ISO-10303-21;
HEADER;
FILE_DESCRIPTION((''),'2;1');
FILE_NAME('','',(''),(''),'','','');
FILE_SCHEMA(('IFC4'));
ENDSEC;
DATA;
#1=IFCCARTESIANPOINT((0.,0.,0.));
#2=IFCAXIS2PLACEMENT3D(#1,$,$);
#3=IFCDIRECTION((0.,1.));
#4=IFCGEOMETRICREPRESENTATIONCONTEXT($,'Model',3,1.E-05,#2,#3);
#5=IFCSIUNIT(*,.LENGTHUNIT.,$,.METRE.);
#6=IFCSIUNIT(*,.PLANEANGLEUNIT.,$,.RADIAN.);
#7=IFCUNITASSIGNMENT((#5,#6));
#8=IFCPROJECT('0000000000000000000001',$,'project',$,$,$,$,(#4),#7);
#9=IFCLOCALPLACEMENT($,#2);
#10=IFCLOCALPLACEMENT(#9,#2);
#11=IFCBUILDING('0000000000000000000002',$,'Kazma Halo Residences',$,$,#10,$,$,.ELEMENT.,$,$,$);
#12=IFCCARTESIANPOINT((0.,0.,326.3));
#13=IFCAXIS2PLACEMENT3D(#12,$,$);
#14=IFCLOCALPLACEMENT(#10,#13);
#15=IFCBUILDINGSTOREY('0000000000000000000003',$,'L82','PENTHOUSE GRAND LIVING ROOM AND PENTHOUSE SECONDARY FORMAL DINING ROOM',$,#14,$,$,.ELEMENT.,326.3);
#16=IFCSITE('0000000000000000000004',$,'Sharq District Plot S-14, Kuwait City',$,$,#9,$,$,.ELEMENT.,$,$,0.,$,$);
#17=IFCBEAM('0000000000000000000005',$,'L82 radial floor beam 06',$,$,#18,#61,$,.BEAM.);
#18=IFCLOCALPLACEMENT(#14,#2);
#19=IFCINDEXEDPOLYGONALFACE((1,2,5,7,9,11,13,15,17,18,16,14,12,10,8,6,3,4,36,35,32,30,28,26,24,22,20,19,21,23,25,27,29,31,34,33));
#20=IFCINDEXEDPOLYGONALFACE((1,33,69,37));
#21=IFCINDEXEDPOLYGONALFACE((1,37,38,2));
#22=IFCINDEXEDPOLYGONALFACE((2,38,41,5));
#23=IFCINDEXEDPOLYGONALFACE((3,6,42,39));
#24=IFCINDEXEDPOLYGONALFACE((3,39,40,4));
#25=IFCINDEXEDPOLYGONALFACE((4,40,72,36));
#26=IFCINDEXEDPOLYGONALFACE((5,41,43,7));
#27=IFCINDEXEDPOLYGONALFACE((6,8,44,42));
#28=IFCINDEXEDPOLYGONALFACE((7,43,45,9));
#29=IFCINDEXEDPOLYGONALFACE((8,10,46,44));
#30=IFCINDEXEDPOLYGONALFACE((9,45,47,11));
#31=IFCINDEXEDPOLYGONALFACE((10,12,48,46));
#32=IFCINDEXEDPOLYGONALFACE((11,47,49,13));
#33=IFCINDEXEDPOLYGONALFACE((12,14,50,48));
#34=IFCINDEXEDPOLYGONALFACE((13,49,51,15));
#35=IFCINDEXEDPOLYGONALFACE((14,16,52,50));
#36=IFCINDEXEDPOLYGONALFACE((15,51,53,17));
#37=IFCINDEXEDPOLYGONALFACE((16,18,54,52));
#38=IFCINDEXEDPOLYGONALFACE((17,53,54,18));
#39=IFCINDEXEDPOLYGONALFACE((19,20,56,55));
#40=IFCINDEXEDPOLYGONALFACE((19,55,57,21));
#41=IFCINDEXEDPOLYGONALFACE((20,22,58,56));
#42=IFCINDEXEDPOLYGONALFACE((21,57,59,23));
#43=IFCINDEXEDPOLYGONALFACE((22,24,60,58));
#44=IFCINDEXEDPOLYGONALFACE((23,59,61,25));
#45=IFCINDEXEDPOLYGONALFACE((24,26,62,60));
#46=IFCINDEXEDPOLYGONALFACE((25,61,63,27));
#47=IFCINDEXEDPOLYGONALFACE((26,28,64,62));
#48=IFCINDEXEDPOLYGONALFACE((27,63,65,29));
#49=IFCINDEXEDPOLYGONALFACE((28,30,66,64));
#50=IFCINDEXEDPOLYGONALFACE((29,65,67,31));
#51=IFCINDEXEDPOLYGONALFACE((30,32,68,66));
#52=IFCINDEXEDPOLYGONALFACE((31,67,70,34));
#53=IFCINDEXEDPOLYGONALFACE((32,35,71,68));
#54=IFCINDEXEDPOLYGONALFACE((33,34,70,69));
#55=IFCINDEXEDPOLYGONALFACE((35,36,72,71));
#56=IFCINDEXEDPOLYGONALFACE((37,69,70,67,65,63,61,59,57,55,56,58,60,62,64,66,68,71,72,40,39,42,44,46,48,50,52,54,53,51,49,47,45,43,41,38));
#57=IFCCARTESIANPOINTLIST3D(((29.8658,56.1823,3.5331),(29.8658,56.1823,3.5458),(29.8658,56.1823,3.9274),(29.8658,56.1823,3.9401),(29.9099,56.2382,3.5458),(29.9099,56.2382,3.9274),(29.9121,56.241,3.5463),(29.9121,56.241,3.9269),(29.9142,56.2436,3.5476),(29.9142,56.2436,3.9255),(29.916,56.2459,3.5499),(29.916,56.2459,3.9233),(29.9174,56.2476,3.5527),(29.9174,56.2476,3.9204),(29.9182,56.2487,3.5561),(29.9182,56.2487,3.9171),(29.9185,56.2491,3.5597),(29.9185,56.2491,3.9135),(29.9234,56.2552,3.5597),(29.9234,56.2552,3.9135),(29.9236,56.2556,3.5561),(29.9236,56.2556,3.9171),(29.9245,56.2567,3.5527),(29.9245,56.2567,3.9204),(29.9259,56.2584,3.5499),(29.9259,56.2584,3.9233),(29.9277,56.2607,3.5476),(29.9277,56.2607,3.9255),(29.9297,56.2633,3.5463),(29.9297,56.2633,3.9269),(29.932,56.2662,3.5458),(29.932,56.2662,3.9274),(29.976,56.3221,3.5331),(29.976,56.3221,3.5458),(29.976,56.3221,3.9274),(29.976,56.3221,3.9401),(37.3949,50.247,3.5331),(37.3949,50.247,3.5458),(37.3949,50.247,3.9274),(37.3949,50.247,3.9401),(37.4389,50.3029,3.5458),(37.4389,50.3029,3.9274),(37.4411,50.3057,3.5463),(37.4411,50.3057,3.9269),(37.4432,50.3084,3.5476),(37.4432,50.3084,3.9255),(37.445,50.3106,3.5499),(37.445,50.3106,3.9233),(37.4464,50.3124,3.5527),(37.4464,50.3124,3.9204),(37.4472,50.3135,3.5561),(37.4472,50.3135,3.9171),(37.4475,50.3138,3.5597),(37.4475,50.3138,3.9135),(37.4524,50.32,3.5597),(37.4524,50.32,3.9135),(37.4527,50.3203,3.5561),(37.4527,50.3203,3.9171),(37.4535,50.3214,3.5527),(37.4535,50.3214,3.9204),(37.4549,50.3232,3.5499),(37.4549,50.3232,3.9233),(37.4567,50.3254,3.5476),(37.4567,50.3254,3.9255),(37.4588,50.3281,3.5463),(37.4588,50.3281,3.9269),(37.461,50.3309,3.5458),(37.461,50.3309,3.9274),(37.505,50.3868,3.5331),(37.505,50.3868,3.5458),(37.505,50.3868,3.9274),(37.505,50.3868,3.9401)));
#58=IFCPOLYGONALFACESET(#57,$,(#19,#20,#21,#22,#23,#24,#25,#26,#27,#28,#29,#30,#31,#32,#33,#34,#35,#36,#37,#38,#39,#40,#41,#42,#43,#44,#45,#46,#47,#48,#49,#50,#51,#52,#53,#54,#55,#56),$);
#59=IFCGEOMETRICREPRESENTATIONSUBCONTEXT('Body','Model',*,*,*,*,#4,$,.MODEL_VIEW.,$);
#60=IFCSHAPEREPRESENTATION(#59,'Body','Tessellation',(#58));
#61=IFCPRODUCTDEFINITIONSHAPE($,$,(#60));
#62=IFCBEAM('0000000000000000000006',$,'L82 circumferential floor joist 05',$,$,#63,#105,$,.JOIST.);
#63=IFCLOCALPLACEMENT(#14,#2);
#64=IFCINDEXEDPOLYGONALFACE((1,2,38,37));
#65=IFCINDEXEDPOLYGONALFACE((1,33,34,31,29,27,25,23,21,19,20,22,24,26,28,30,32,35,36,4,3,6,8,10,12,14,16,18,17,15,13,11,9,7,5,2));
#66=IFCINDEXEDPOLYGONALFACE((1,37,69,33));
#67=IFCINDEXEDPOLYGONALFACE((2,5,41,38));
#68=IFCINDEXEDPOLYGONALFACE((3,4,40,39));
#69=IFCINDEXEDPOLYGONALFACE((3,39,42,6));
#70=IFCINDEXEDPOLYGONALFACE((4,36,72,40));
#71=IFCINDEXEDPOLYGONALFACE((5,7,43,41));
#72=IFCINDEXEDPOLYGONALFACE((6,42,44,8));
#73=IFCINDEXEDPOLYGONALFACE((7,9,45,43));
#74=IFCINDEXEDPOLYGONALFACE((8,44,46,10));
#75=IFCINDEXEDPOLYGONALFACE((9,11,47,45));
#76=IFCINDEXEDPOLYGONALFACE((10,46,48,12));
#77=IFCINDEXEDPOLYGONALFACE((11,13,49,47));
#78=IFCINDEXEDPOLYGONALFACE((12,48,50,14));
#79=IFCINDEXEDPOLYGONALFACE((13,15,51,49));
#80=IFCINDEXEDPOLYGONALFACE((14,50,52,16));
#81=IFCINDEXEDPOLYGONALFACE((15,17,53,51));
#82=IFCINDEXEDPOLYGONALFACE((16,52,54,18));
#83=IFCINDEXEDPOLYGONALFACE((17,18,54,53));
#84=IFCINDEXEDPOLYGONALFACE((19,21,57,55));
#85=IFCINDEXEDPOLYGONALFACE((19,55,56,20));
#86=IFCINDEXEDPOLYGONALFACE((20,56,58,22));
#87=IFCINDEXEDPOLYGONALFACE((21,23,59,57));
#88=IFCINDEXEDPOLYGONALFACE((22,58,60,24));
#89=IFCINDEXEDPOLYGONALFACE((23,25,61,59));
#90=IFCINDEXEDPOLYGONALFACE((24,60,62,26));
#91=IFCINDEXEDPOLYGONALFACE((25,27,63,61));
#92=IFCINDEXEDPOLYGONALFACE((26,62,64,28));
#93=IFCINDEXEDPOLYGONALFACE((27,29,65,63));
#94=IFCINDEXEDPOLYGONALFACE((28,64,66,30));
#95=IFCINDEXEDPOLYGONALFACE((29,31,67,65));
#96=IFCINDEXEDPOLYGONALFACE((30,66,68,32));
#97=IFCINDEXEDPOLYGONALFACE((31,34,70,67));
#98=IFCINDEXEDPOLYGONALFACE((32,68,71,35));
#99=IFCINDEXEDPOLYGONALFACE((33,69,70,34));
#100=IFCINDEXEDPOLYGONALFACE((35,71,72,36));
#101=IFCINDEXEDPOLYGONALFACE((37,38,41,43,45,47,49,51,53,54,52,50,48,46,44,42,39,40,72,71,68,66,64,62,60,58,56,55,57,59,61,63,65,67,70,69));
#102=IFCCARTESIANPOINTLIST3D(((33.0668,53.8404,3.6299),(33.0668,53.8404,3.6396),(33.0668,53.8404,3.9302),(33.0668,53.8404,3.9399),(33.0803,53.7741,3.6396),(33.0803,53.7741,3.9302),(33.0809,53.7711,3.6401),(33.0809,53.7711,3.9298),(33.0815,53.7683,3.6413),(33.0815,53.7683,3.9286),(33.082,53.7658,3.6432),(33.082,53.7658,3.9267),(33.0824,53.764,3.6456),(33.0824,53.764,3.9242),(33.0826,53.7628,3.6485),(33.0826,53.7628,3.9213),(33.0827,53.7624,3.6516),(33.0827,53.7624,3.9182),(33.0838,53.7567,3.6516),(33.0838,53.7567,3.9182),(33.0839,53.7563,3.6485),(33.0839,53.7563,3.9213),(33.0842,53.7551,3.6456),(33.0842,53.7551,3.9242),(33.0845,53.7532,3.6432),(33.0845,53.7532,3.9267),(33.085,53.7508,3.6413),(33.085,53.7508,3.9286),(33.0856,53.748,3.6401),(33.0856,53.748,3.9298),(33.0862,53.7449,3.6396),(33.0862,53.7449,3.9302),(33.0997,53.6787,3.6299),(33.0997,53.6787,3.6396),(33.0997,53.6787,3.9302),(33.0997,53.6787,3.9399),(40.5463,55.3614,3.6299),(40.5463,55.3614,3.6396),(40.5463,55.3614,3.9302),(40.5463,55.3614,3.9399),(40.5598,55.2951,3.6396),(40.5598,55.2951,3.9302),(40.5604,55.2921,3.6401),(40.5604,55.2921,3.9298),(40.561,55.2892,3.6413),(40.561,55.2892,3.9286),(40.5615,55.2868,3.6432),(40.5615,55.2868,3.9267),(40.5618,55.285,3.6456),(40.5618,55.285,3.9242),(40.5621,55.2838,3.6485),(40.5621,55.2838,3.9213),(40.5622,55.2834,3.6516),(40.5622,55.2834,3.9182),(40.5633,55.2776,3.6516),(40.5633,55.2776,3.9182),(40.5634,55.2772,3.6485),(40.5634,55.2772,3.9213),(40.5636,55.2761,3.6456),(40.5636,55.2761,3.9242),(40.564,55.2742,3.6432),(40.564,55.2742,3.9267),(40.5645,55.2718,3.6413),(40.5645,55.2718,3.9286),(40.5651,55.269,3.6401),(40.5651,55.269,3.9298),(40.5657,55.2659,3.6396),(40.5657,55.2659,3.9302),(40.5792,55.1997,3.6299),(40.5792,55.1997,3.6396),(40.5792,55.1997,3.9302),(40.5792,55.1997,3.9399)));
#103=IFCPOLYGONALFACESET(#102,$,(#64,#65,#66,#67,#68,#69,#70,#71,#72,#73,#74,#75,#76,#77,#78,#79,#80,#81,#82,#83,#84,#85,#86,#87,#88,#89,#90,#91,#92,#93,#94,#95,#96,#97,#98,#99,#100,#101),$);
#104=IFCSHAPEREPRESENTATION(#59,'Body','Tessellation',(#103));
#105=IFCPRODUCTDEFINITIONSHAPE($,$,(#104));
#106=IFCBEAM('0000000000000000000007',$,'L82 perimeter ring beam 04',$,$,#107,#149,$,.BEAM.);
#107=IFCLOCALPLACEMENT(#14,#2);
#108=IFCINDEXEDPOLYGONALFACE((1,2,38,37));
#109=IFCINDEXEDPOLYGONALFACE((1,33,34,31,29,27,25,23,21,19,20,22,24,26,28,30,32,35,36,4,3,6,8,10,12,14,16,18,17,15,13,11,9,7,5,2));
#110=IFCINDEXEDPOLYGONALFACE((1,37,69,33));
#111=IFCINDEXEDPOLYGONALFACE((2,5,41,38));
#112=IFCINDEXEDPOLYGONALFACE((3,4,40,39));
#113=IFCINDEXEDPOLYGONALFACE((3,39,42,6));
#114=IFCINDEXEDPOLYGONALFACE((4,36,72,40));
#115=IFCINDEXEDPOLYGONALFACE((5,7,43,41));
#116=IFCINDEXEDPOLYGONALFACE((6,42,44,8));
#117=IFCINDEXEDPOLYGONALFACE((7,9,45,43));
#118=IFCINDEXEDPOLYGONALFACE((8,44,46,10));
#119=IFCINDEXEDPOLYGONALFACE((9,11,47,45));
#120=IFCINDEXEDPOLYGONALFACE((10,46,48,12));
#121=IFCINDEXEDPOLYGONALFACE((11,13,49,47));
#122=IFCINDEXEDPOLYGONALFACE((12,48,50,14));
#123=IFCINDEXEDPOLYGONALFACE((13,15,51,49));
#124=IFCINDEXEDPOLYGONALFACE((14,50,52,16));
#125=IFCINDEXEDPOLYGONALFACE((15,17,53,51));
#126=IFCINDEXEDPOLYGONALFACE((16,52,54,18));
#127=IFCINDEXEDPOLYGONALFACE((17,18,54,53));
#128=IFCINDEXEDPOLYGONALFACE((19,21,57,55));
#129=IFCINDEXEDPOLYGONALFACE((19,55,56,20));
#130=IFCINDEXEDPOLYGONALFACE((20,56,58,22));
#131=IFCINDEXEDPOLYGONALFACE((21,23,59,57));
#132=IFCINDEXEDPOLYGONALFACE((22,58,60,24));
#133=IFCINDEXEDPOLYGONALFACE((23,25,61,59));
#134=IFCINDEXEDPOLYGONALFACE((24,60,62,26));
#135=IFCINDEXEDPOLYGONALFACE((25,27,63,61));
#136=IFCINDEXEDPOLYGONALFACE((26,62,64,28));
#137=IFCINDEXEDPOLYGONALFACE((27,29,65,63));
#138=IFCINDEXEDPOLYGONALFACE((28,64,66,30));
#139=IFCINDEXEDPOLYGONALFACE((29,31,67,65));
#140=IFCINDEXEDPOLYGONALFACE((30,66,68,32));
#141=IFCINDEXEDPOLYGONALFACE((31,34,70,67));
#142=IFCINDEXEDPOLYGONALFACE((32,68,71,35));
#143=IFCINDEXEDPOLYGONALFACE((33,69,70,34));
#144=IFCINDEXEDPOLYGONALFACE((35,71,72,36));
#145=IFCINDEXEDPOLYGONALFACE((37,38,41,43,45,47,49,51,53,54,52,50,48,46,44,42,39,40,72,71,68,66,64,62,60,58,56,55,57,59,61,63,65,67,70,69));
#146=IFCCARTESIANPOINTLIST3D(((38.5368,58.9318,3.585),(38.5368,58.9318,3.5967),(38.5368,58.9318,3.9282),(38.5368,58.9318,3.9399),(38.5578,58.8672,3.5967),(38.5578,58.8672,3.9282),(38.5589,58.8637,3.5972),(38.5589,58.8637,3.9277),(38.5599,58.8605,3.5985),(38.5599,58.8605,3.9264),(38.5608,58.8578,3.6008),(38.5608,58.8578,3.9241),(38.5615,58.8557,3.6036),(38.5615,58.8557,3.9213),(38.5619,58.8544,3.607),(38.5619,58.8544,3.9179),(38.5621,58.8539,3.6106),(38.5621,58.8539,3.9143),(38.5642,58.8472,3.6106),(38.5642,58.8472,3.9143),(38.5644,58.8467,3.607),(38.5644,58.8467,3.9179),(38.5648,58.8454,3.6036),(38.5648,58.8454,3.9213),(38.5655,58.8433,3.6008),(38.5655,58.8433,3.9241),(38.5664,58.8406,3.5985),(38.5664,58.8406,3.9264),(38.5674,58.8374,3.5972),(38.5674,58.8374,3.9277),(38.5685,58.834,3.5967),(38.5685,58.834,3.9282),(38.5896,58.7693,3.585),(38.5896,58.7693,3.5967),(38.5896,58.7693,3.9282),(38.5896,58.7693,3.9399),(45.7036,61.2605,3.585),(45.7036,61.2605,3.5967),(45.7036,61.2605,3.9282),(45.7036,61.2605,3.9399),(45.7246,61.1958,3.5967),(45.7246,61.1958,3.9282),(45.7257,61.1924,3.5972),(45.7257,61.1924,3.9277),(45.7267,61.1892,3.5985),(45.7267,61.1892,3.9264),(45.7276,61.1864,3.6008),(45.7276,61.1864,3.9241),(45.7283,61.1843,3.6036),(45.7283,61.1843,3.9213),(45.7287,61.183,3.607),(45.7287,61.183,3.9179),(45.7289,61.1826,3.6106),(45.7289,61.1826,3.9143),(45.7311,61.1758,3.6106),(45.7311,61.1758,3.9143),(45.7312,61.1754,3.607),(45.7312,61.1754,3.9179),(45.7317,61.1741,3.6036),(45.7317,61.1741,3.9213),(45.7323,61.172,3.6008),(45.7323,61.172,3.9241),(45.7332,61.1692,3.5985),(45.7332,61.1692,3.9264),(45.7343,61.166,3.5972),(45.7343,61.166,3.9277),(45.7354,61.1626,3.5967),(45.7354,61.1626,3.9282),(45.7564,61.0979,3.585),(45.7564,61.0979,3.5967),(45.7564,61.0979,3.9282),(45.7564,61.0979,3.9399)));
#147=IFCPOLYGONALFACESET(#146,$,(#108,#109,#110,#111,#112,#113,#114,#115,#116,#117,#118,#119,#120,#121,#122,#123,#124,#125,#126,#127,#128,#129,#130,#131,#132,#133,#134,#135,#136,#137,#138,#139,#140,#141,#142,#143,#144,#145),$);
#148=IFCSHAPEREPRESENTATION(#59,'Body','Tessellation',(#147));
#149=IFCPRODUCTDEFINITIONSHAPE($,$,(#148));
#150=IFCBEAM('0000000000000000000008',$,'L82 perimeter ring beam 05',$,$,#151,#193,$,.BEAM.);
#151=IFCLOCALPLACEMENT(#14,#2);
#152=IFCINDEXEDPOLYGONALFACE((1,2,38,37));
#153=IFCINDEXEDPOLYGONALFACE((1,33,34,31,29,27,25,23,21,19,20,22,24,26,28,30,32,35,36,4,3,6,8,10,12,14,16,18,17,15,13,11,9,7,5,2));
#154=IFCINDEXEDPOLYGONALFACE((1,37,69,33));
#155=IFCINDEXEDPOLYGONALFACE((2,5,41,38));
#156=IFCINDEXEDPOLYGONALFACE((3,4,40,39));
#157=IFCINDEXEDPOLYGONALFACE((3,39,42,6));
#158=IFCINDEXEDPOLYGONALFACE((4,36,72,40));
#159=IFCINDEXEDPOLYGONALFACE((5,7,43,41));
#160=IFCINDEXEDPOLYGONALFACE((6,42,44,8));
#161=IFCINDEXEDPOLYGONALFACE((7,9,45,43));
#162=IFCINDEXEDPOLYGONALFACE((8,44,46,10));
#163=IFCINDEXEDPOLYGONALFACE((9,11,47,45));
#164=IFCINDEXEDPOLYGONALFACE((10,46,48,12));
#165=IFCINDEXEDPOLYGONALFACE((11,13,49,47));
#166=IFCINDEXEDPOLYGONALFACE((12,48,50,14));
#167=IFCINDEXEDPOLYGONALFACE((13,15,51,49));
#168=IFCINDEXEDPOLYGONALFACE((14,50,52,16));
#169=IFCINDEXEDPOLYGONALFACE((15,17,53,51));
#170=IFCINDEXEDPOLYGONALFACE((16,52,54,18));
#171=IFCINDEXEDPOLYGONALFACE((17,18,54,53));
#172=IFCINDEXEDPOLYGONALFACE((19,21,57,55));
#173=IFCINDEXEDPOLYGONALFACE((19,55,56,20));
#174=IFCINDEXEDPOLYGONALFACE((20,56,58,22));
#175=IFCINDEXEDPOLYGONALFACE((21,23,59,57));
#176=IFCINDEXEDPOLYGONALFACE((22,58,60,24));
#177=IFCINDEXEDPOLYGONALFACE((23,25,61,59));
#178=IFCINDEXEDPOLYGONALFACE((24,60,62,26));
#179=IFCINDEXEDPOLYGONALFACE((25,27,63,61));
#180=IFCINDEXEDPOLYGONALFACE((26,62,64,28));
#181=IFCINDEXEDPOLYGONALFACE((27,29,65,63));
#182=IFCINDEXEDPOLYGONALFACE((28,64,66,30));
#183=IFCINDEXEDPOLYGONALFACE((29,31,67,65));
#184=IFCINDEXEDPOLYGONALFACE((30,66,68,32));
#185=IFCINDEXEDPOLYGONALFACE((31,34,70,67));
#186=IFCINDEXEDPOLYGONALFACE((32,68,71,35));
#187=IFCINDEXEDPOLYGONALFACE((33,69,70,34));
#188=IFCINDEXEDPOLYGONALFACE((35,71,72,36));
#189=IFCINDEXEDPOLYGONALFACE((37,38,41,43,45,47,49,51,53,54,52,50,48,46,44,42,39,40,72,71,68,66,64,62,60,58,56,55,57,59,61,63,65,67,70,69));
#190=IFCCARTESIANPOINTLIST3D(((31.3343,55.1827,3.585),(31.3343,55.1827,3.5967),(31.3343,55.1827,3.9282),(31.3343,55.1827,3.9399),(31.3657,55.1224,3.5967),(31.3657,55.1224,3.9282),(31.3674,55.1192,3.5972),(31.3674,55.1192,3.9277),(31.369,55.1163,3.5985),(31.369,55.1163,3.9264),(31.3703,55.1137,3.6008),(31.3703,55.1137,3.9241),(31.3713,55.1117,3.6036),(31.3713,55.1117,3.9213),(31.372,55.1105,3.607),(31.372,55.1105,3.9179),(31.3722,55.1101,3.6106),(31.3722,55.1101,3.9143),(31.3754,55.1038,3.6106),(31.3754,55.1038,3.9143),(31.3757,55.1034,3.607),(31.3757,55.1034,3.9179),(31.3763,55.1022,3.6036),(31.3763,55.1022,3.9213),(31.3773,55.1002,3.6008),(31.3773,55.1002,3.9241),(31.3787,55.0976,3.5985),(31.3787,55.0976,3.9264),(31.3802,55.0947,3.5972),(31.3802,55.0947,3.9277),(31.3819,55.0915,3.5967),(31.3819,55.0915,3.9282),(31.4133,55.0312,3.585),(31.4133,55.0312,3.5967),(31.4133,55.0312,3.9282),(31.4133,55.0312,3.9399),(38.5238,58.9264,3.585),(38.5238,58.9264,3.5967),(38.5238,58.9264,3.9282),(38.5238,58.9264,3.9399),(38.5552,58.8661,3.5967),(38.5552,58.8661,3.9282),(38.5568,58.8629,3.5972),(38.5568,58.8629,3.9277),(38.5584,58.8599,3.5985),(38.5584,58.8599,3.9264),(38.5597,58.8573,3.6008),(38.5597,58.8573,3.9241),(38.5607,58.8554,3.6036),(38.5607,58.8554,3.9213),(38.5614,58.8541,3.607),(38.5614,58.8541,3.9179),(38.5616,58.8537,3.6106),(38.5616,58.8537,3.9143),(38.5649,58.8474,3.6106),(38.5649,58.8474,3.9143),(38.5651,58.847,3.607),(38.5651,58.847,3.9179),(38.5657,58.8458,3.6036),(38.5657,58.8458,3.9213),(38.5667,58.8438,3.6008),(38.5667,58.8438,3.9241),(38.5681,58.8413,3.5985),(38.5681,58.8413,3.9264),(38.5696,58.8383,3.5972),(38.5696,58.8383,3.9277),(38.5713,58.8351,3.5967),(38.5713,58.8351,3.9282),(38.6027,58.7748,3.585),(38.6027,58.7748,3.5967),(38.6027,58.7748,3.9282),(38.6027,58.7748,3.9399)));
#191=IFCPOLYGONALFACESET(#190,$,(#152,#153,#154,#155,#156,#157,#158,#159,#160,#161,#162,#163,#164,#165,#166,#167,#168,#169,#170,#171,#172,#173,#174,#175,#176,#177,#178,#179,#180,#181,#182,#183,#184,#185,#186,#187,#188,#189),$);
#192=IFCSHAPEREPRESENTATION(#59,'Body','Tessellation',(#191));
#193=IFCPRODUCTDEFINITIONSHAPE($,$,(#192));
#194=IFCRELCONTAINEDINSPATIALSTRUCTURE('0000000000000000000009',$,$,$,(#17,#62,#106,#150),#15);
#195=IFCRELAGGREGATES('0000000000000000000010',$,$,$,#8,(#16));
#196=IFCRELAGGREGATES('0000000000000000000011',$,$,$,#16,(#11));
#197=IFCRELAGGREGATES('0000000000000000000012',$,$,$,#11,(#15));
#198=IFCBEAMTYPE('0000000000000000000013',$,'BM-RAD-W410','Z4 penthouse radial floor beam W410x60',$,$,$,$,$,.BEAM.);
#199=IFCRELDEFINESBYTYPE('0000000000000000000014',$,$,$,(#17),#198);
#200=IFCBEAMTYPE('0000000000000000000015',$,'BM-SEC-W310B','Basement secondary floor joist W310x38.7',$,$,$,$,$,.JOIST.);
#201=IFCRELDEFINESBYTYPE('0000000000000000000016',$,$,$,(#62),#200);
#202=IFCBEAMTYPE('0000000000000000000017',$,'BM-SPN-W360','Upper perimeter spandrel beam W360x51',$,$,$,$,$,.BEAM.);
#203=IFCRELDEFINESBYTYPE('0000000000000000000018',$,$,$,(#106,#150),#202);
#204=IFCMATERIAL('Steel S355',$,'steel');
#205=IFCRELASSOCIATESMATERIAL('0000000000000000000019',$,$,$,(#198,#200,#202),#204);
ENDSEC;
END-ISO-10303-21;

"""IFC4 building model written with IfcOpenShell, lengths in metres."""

from ifc_helpers import new_model, si_unit, direction, frame, origin, origin_2d, place, context, subcontext, project, spatial, i_section, extrude, material, material_profile, profile_set, type_object, element, save


model = new_model("IFC4")

# Units and contexts
model_context = context("Model", 3, precision=1e-05, world=origin(), true_north=direction((0.0, 1.0)))
body_context = subcontext(model_context, "Body", "Model", "MODEL_VIEW")
ifc_project = project(units=[si_unit("LENGTHUNIT", "METRE"), si_unit("PLANEANGLEUNIT", "RADIAN")], contexts=[model_context])

# Site, building, storey
site_placement = place(None, origin())
site = spatial("IfcSite", under=ifc_project, at=site_placement, Name="Sharq District Plot S-14, Kuwait City", CompositionType="ELEMENT", RefElevation=0.0)
building_placement = place(site_placement, origin())
building = spatial("IfcBuilding", under=site, at=building_placement, Name="Kazma Halo Residences", CompositionType="ELEMENT")
storey_placement = place(building_placement, frame((0.0, 0.0, 326.3)))
storey = spatial("IfcBuildingStorey", under=building, at=storey_placement, Name="L82", Description="PENTHOUSE GRAND LIVING ROOM AND PENTHOUSE SECONDARY FORMAL DINING ROOM", CompositionType="ELEMENT", Elevation=326.3)

# Beams
ifc_material_1 = material(Name="Steel S355", Category="steel")
ifc_material_profile_1 = material_profile(ifc_material_1, i_section(OverallWidth=0.178, OverallDepth=0.407, WebThickness=0.0078, FlangeThickness=0.0127, FilletRadius=0.0139, at=origin_2d()), Name="W410x60")
ifc_profile_set_1 = profile_set([ifc_material_profile_1], Name="Steel S355")
beam_type_1 = type_object("IfcBeamType", Name="BM-RAD-W410", Description="Z4 penthouse radial floor beam W410x60", PredefinedType="BEAM", material=ifc_profile_set_1)
beam_1_placement = place(storey_placement, frame((37.45, 50.3169, 3.7366), z_axis=(-0.785323, 0.619086, 0.0), x_axis=(-0.619086, -0.785323, 0.0)))
element("IfcBeam", 1, at=beam_1_placement, inside=storey, type_object=beam_type_1, Name="L82 radial floor beam 06", PredefinedType="BEAM", context=body_context, shape_type="SweptSolid", body=[
    extrude(i_section(OverallWidth=0.178, OverallDepth=0.407, WebThickness=0.0078, FlangeThickness=0.0127, FilletRadius=0.0139, at=origin_2d()), origin(), (0.0, 0.0, 1.0), 9.5872),
])
ifc_material_profile_2 = material_profile(ifc_material_1, i_section(OverallWidth=0.165, OverallDepth=0.3101, WebThickness=0.0059, FlangeThickness=0.0098, FilletRadius=0.012, at=origin_2d()), Name="W310x38.7")
ifc_profile_set_2 = profile_set([ifc_material_profile_2], Name="Steel S355")
beam_type_2 = type_object("IfcBeamType", Name="BM-SEC-W310B", Description="Basement secondary floor joist W310x38.7", PredefinedType="JOIST", material=ifc_profile_set_2)
beam_2_placement = place(storey_placement, frame((40.5627, 55.2805, 3.7849), z_axis=(-0.979943, -0.199277, 0.0), x_axis=(0.199277, -0.979943, 0.0)))
element("IfcBeam", 2, at=beam_2_placement, inside=storey, type_object=beam_type_2, Name="L82 circumferential floor joist 05", PredefinedType="JOIST", context=body_context, shape_type="SweptSolid", body=[
    extrude(i_section(OverallWidth=0.165, OverallDepth=0.3101, WebThickness=0.0059, FlangeThickness=0.0098, FilletRadius=0.012, at=origin_2d()), origin(), (0.0, 0.0, 1.0), 7.6326),
])
ifc_material_profile_3 = material_profile(ifc_material_1, i_section(OverallWidth=0.1709, OverallDepth=0.355, WebThickness=0.0071, FlangeThickness=0.0117, FilletRadius=0.0139, at=origin_2d()), Name="W360x51")
ifc_profile_set_3 = profile_set([ifc_material_profile_3], Name="Steel S355")
beam_type_3 = type_object("IfcBeamType", Name="BM-SPN-W360", Description="Upper perimeter spandrel beam W360x51", PredefinedType="BEAM", material=ifc_profile_set_3)
beam_3_placement = place(storey_placement, frame((45.73, 61.1792, 3.7625), z_axis=(-0.951057, -0.309016, 0.0), x_axis=(0.309016, -0.951057, 0.0)))
element("IfcBeam", 3, at=beam_3_placement, inside=storey, type_object=beam_type_3, Name="L82 perimeter ring beam 04", PredefinedType="BEAM", context=body_context, shape_type="SweptSolid", body=[
    extrude(i_section(OverallWidth=0.1709, OverallDepth=0.355, WebThickness=0.0071, FlangeThickness=0.0117, FilletRadius=0.0139, at=origin_2d()), origin(), (0.0, 0.0, 1.0), 7.5356),
])
beam_4_placement = place(storey_placement, frame((38.5632, 58.8506, 3.7625), z_axis=(-0.886957, -0.461851, 0.0), x_axis=(0.461851, -0.886957, 0.0)))
element("IfcBeam", 4, at=beam_4_placement, inside=storey, type_object=beam_type_3, Name="L82 perimeter ring beam 05", PredefinedType="BEAM", context=body_context, shape_type="SweptSolid", body=[
    extrude(i_section(OverallWidth=0.1709, OverallDepth=0.355, WebThickness=0.0071, FlangeThickness=0.0117, FilletRadius=0.0139, at=origin_2d()), origin(), (0.0, 0.0, 1.0), 8.1057),
])

save(model, "model.ifc")
